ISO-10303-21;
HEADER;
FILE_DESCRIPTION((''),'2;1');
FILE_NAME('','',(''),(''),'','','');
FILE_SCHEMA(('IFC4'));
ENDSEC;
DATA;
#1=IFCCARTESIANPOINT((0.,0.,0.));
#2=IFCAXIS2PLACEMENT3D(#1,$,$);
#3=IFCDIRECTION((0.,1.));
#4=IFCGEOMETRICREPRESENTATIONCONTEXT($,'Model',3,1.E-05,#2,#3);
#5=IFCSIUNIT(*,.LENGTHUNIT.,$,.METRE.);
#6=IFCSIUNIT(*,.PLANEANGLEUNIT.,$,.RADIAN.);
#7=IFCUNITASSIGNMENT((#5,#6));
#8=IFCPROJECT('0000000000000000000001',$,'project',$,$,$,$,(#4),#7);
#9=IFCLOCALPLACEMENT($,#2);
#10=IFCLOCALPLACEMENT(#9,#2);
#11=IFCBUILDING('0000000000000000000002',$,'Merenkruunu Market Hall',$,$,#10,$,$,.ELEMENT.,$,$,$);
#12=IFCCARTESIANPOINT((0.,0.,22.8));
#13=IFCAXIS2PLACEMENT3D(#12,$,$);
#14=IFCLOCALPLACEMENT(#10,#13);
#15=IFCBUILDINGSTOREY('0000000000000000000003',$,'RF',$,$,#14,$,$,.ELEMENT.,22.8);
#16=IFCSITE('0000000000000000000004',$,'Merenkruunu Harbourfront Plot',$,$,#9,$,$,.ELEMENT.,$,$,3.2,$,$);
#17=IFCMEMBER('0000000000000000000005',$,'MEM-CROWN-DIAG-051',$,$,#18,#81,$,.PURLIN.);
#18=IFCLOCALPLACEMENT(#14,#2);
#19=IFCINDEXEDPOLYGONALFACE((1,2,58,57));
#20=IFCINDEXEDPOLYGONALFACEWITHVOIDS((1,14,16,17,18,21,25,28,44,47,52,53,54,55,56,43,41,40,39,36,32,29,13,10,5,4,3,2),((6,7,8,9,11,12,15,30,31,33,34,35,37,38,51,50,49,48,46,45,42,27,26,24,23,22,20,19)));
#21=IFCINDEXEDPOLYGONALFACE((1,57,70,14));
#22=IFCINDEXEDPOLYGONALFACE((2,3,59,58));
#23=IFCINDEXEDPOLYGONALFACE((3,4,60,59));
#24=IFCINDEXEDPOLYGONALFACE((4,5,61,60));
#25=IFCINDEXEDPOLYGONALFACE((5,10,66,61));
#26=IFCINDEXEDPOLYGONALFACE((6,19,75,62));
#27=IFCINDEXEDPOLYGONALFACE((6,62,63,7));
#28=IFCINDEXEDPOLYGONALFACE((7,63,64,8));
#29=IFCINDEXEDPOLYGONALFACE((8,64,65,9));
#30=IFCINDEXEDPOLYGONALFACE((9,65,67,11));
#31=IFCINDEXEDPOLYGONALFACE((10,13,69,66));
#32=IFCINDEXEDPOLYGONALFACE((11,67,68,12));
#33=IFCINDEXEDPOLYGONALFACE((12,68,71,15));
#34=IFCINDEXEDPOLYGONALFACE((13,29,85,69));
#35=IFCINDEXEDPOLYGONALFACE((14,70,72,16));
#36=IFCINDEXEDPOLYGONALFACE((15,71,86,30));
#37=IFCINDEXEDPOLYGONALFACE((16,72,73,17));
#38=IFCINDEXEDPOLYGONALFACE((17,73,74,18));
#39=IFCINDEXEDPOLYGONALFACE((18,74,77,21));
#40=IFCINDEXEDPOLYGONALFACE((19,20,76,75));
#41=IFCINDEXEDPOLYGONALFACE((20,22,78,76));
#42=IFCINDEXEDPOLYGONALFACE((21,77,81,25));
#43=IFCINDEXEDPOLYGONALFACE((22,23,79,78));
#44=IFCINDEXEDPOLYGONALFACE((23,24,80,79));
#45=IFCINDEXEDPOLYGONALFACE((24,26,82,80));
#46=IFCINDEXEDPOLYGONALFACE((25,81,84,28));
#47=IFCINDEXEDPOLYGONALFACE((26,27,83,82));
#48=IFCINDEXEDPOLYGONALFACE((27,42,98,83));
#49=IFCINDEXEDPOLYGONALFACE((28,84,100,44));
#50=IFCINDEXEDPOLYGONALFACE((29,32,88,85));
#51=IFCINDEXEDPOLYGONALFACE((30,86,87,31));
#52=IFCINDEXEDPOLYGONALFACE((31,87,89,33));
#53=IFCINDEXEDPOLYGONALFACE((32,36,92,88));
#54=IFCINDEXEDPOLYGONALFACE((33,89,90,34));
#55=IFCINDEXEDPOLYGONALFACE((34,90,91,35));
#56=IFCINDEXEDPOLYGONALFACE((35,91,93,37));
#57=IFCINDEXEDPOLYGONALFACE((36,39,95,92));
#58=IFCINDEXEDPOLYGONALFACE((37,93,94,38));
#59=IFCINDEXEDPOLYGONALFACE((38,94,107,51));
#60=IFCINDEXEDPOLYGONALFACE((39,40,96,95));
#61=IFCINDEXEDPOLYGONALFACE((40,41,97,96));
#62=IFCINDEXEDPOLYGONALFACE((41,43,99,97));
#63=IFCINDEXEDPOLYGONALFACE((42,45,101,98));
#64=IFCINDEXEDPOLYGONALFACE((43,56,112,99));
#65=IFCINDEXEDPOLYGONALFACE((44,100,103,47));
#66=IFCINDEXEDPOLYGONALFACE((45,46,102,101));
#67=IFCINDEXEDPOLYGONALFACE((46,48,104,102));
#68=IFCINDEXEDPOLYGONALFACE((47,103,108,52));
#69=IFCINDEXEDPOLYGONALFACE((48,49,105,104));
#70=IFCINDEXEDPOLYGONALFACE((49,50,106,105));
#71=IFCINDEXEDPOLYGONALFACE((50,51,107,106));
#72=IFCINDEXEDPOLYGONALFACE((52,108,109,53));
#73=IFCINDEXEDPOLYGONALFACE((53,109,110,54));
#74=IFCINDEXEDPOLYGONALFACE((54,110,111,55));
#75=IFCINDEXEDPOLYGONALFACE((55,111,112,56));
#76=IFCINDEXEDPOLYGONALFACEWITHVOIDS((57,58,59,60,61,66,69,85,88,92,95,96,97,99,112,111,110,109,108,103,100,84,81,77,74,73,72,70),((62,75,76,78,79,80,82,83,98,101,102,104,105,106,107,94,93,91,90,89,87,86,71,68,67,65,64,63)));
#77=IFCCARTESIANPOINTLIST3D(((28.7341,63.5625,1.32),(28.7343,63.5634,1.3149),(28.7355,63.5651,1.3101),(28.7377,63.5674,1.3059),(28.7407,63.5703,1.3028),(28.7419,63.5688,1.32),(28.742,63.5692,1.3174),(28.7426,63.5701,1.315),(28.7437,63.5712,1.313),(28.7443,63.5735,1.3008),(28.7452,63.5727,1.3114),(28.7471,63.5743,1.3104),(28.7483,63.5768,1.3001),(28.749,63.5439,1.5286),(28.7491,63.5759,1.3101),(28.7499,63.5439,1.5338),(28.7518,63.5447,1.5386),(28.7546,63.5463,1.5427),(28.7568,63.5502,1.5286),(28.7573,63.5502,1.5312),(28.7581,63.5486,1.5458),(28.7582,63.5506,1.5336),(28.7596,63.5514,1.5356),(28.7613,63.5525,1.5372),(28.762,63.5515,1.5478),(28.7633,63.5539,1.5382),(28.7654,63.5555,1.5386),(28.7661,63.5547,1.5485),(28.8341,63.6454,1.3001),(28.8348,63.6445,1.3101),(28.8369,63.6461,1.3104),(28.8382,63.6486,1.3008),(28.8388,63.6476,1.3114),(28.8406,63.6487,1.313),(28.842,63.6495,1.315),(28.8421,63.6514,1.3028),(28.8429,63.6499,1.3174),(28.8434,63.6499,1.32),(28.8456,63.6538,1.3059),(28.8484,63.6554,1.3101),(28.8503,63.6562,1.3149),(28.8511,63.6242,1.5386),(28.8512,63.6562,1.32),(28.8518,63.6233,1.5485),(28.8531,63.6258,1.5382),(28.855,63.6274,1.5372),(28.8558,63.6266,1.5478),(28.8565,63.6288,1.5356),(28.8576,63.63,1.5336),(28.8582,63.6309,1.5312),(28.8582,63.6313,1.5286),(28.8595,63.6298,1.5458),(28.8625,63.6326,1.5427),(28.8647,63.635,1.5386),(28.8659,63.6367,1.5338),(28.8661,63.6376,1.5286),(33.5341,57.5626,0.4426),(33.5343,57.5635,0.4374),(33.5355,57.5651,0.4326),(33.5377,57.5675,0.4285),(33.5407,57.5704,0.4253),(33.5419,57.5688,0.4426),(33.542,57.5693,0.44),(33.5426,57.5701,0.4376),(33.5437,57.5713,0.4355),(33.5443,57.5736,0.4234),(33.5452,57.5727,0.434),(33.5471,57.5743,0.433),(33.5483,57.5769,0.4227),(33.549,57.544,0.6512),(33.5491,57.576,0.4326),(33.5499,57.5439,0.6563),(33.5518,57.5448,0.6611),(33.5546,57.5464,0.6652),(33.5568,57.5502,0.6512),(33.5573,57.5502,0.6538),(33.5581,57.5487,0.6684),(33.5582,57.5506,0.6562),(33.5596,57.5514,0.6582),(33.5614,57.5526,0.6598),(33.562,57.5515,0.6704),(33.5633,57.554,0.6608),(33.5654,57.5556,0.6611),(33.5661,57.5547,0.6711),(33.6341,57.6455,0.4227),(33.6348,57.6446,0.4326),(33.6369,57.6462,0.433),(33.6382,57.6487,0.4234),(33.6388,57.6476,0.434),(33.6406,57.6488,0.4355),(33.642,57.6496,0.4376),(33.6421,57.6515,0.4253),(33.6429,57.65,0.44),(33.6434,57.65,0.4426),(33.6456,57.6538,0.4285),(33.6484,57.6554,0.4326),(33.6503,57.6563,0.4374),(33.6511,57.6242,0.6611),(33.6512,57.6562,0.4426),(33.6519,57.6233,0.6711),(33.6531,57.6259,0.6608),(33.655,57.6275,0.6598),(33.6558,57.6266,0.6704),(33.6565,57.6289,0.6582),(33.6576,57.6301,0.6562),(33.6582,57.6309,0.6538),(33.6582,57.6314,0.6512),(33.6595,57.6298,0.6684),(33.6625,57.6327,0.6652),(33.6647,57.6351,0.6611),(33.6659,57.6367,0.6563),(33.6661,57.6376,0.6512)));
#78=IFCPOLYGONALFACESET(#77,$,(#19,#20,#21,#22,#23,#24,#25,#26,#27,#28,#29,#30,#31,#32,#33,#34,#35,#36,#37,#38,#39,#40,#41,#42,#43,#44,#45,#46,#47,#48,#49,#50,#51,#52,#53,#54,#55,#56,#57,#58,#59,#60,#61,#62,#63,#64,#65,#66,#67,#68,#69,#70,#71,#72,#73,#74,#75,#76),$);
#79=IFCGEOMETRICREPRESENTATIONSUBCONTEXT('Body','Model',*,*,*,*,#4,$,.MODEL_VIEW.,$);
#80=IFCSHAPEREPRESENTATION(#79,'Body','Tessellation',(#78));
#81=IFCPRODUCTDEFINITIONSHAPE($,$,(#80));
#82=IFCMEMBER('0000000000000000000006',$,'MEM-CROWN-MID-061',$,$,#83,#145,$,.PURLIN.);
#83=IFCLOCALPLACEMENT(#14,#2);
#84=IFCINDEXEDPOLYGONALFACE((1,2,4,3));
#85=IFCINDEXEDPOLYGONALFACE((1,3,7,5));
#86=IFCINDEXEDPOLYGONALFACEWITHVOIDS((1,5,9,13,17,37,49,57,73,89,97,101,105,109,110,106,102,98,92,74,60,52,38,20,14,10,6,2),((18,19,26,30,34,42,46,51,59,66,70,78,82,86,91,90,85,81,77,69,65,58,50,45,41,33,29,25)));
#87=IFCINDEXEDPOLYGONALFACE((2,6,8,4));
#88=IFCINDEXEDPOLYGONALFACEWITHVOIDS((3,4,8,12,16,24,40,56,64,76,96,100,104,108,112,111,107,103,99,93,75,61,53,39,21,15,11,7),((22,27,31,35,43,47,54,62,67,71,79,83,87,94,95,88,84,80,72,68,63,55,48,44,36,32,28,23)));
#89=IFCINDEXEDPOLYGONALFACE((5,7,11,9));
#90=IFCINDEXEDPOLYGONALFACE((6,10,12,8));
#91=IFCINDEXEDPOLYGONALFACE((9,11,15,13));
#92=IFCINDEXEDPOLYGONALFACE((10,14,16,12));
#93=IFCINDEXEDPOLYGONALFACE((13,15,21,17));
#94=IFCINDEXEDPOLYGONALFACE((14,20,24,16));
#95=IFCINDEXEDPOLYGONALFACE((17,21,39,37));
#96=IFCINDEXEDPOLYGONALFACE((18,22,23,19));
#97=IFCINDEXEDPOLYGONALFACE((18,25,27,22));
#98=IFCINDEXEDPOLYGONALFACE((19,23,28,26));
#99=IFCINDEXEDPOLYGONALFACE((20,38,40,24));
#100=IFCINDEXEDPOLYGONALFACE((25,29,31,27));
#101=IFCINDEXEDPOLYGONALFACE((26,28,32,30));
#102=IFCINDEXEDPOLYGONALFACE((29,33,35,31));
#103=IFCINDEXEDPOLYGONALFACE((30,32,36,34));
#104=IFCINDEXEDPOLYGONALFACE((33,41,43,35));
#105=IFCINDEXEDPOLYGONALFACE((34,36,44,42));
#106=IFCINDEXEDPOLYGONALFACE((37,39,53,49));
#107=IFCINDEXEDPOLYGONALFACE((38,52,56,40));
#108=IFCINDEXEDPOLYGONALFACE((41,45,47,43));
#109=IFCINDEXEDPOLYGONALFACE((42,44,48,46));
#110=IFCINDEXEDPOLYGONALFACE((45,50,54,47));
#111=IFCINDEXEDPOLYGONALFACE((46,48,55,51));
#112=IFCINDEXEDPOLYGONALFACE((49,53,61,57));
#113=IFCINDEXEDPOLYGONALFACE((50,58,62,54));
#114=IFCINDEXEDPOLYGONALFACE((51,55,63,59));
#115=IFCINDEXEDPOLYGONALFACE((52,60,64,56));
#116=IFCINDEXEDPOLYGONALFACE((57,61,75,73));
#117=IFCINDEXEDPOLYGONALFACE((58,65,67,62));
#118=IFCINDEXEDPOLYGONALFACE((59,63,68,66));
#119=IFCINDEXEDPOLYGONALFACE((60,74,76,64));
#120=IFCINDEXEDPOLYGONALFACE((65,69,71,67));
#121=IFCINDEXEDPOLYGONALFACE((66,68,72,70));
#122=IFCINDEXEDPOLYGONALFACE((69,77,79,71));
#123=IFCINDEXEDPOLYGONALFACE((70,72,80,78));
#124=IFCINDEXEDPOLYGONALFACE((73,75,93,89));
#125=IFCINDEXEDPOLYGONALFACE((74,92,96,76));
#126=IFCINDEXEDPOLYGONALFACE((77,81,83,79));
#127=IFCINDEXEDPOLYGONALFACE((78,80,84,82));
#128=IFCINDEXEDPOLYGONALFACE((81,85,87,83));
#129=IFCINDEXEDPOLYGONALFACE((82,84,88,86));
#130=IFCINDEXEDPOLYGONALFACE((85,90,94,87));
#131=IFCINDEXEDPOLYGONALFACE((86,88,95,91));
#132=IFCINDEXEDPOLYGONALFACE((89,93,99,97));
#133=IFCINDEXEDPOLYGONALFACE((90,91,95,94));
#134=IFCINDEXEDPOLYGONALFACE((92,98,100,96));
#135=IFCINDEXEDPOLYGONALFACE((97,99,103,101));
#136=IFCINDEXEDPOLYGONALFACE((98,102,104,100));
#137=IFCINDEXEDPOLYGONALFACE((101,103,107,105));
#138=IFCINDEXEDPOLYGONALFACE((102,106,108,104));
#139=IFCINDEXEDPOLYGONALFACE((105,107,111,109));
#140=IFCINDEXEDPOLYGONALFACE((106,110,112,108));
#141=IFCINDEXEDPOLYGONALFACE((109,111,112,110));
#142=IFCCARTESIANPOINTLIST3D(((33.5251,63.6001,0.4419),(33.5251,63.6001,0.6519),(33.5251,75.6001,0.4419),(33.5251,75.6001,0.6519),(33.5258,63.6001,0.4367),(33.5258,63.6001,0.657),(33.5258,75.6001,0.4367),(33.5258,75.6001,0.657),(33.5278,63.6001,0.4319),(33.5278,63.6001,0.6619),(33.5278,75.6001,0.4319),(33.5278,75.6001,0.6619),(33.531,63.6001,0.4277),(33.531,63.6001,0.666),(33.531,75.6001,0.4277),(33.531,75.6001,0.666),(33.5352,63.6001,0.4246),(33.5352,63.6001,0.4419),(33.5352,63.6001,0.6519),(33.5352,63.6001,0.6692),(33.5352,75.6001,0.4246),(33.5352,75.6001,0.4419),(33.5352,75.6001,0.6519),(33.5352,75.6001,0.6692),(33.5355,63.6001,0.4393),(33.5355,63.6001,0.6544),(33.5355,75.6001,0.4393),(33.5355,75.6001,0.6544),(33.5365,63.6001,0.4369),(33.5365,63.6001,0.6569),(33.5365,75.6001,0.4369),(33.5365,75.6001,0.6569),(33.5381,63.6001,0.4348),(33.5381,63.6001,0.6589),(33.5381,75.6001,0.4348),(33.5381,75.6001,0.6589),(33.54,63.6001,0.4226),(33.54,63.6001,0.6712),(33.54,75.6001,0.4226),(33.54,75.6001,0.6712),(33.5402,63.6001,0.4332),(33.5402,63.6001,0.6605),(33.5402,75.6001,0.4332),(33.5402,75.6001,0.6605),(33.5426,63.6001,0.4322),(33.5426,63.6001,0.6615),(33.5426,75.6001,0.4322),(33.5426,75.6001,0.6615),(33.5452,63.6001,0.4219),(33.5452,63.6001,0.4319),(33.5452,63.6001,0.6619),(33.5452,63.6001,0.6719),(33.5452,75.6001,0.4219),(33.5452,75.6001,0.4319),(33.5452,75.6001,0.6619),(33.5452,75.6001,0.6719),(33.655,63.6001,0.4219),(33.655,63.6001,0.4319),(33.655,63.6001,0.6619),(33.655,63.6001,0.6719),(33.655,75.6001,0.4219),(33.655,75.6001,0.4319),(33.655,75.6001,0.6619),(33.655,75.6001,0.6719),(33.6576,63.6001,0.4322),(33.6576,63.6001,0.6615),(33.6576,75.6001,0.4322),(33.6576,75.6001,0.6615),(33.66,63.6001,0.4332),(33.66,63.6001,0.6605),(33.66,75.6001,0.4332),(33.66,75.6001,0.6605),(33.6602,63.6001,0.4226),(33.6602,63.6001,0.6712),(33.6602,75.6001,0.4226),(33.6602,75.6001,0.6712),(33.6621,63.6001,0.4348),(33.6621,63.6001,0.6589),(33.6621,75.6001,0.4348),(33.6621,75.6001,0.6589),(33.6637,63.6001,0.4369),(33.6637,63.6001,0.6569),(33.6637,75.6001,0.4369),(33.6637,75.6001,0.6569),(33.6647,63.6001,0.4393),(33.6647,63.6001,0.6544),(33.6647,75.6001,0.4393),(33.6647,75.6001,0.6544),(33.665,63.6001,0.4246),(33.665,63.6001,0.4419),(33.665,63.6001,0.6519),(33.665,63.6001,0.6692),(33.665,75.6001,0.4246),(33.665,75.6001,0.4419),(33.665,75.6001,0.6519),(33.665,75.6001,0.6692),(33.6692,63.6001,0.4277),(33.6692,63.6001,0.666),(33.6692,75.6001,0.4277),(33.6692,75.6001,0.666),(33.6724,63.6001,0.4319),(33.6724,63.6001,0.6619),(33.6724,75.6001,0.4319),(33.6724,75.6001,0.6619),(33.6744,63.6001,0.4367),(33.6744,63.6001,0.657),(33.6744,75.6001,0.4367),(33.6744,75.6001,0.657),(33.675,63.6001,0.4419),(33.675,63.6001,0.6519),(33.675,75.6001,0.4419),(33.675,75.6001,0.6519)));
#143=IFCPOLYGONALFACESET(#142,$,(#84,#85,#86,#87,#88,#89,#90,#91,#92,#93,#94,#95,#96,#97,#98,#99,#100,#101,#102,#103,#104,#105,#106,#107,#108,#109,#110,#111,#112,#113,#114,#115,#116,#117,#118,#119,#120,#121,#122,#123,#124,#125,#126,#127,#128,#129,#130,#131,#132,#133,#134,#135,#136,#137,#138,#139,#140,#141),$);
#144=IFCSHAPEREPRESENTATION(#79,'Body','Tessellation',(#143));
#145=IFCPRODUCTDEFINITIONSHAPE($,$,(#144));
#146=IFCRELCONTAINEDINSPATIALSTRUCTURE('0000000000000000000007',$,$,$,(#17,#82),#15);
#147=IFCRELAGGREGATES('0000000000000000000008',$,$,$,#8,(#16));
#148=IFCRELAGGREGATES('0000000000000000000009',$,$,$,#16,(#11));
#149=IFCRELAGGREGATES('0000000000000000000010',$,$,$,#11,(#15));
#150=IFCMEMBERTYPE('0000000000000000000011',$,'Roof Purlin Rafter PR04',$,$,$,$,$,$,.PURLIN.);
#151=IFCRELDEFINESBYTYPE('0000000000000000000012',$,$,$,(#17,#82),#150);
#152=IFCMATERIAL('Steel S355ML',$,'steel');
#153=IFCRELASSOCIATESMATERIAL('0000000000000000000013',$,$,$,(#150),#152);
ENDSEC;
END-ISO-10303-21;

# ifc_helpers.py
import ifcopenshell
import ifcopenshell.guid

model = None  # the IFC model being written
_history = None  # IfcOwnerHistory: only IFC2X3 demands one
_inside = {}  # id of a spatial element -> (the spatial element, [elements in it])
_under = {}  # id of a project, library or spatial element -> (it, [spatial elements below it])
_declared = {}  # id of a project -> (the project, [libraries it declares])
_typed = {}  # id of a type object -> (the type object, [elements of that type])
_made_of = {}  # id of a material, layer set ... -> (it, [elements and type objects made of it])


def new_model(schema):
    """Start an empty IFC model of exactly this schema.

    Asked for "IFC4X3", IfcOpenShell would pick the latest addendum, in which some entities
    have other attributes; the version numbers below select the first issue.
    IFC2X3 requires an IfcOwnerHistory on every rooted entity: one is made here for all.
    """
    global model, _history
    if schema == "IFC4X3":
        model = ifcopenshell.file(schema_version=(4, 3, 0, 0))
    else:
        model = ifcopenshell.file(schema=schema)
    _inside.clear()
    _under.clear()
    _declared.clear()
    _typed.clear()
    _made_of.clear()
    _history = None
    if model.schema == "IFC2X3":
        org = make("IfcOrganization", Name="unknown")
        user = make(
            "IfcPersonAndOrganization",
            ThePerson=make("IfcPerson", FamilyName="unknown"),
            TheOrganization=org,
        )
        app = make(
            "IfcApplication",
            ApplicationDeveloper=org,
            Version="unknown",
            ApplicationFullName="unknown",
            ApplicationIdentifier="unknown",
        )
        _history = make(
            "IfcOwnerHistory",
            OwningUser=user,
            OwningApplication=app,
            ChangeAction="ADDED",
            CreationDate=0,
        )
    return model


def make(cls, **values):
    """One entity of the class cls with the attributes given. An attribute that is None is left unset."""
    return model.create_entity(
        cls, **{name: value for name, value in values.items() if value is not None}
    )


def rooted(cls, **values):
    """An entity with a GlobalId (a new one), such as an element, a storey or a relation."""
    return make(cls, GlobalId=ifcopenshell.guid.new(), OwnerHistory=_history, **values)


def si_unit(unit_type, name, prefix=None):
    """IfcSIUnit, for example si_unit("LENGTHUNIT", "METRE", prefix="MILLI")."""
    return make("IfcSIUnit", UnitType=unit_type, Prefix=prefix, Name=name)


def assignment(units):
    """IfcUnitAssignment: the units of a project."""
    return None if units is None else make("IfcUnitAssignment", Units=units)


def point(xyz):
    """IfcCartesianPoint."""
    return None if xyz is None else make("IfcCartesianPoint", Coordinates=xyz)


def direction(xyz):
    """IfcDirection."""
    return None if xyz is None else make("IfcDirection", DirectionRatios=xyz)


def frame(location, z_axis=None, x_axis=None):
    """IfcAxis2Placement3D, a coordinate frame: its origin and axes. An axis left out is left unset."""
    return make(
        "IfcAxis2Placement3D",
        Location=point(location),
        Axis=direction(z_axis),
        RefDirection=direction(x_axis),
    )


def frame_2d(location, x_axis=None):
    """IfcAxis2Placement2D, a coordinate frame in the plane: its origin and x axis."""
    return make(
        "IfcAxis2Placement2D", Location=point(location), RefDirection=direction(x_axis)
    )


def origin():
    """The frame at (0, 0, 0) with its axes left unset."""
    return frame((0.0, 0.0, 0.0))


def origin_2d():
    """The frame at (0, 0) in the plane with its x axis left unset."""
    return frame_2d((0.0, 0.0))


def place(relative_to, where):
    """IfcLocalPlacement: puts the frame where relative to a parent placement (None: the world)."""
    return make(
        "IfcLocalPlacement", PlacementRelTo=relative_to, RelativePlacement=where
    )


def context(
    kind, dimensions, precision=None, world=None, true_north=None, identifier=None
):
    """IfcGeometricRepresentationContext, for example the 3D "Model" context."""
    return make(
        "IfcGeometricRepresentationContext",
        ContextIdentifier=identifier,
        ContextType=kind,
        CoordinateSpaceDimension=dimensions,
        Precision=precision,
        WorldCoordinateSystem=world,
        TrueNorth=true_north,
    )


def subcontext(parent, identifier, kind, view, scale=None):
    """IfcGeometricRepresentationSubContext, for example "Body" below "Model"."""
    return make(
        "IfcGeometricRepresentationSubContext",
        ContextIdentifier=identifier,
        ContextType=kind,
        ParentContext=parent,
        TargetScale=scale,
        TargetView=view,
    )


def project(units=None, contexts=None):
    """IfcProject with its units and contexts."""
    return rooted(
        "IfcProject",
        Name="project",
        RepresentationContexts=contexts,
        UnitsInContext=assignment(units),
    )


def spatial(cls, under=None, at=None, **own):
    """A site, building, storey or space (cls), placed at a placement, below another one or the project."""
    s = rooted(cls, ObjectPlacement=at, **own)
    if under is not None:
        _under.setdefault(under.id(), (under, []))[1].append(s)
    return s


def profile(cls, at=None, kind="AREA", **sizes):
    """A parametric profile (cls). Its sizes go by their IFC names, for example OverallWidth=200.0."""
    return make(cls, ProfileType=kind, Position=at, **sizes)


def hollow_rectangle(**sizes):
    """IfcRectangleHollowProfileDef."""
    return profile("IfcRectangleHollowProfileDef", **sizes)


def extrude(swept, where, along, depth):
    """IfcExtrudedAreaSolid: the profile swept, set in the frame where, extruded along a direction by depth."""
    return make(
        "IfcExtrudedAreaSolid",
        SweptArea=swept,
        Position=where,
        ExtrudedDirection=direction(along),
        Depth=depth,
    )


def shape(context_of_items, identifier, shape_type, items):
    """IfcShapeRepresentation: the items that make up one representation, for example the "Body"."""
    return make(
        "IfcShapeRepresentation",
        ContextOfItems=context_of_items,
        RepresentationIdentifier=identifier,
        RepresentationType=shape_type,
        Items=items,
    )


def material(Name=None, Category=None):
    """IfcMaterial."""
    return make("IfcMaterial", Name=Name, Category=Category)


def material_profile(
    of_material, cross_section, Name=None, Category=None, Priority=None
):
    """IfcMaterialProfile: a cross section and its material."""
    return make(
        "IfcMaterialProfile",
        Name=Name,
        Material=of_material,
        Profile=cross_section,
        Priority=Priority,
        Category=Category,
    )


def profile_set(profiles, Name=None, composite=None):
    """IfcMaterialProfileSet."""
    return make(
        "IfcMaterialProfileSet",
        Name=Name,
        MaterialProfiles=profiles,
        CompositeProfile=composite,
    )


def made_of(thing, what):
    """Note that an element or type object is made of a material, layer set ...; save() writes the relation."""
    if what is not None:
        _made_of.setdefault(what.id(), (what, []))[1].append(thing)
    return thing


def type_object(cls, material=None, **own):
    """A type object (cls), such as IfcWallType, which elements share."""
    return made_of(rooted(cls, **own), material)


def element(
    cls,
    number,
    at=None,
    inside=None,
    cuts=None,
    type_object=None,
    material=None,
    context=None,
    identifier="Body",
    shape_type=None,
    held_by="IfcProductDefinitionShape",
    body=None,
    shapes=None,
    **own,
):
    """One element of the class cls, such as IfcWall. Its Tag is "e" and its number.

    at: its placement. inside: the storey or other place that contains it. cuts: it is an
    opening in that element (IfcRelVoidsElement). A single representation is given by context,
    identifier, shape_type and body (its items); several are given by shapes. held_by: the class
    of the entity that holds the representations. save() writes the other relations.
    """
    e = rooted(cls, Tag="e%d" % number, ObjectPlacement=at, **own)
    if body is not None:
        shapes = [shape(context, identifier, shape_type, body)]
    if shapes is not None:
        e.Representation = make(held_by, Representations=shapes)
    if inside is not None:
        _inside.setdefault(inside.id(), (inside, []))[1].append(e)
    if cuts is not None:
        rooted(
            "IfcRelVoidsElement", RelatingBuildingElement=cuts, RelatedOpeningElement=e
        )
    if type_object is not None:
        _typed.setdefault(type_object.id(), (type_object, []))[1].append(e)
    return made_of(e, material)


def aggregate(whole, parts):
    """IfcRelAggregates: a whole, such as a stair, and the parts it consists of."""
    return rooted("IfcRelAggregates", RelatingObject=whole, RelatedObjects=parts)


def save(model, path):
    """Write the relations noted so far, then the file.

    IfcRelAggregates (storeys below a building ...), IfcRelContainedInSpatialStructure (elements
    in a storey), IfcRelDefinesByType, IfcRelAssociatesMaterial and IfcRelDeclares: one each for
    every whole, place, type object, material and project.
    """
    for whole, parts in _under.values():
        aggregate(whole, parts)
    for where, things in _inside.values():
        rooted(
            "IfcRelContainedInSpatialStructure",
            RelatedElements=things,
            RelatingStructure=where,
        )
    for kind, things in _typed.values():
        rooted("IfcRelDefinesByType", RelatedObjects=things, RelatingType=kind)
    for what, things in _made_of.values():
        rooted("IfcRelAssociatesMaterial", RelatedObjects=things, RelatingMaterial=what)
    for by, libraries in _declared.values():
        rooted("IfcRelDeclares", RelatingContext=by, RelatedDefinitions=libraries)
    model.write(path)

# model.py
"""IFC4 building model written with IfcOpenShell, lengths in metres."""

from ifc_helpers import new_model, si_unit, direction, frame, origin, origin_2d, place, context, subcontext, project, spatial, hollow_rectangle, extrude, material, material_profile, profile_set, type_object, element, save


model = new_model("IFC4")

# Units and contexts
model_context = context("Model", 3, precision=1e-05, world=origin(), true_north=direction((0.0, 1.0)))
body_context = subcontext(model_context, "Body", "Model", "MODEL_VIEW")
ifc_project = project(units=[si_unit("LENGTHUNIT", "METRE"), si_unit("PLANEANGLEUNIT", "RADIAN")], contexts=[model_context])

# Site, building, storey
site_placement = place(None, origin())
site = spatial("IfcSite", under=ifc_project, at=site_placement, Name="Merenkruunu Harbourfront Plot", CompositionType="ELEMENT", RefElevation=3.2)
building_placement = place(site_placement, origin())
building = spatial("IfcBuilding", under=site, at=building_placement, Name="Merenkruunu Market Hall", CompositionType="ELEMENT")
storey_placement = place(building_placement, frame((0.0, 0.0, 22.8)))
storey = spatial("IfcBuildingStorey", under=building, at=storey_placement, Name="RF", CompositionType="ELEMENT", Elevation=22.8)

# Members
ifc_material_1 = material(Name="Steel S355ML", Category="steel")
ifc_material_profile_1 = material_profile(ifc_material_1, hollow_rectangle(XDim=0.1499, YDim=0.25, WallThickness=0.01, InnerFilletRadius=0.01, OuterFilletRadius=0.02, at=origin_2d()), Name="RHS 250x150x10")
ifc_profile_set_1 = profile_set([ifc_material_profile_1], Name="Steel S355ML")
member_type_1 = type_object("IfcMemberType", Name="Roof Purlin Rafter PR04", PredefinedType="PURLIN", material=ifc_profile_set_1)
member_1_placement = place(storey_placement, frame((33.6001, 57.6001, 0.5469), z_axis=(-0.620665, 0.775824, 0.113457), x_axis=(-0.780866, -0.624699, 0.0)))
element("IfcMember", 1, at=member_1_placement, inside=storey, type_object=member_type_1, Name="MEM-CROWN-DIAG-051", PredefinedType="PURLIN", context=body_context, shape_type="SweptSolid", body=[
    extrude(hollow_rectangle(XDim=0.1499, YDim=0.25, WallThickness=0.01, InnerFilletRadius=0.01, OuterFilletRadius=0.02, at=origin_2d()), origin(), (0.0, 0.0, 1.0), 7.7336),
])
member_2_placement = place(storey_placement, frame((33.6001, 63.6001, 0.5469), z_axis=(0.0, 1.0, 0.0), x_axis=(-1.0, 0.0, 0.0)))
element("IfcMember", 2, at=member_2_placement, inside=storey, type_object=member_type_1, Name="MEM-CROWN-MID-061", PredefinedType="PURLIN", context=body_context, shape_type="SweptSolid", body=[
    extrude(hollow_rectangle(XDim=0.1499, YDim=0.25, WallThickness=0.01, InnerFilletRadius=0.01, OuterFilletRadius=0.02, at=origin_2d()), origin(), (0.0, 0.0, 1.0), 12.0),
])

save(model, "model.ifc")
